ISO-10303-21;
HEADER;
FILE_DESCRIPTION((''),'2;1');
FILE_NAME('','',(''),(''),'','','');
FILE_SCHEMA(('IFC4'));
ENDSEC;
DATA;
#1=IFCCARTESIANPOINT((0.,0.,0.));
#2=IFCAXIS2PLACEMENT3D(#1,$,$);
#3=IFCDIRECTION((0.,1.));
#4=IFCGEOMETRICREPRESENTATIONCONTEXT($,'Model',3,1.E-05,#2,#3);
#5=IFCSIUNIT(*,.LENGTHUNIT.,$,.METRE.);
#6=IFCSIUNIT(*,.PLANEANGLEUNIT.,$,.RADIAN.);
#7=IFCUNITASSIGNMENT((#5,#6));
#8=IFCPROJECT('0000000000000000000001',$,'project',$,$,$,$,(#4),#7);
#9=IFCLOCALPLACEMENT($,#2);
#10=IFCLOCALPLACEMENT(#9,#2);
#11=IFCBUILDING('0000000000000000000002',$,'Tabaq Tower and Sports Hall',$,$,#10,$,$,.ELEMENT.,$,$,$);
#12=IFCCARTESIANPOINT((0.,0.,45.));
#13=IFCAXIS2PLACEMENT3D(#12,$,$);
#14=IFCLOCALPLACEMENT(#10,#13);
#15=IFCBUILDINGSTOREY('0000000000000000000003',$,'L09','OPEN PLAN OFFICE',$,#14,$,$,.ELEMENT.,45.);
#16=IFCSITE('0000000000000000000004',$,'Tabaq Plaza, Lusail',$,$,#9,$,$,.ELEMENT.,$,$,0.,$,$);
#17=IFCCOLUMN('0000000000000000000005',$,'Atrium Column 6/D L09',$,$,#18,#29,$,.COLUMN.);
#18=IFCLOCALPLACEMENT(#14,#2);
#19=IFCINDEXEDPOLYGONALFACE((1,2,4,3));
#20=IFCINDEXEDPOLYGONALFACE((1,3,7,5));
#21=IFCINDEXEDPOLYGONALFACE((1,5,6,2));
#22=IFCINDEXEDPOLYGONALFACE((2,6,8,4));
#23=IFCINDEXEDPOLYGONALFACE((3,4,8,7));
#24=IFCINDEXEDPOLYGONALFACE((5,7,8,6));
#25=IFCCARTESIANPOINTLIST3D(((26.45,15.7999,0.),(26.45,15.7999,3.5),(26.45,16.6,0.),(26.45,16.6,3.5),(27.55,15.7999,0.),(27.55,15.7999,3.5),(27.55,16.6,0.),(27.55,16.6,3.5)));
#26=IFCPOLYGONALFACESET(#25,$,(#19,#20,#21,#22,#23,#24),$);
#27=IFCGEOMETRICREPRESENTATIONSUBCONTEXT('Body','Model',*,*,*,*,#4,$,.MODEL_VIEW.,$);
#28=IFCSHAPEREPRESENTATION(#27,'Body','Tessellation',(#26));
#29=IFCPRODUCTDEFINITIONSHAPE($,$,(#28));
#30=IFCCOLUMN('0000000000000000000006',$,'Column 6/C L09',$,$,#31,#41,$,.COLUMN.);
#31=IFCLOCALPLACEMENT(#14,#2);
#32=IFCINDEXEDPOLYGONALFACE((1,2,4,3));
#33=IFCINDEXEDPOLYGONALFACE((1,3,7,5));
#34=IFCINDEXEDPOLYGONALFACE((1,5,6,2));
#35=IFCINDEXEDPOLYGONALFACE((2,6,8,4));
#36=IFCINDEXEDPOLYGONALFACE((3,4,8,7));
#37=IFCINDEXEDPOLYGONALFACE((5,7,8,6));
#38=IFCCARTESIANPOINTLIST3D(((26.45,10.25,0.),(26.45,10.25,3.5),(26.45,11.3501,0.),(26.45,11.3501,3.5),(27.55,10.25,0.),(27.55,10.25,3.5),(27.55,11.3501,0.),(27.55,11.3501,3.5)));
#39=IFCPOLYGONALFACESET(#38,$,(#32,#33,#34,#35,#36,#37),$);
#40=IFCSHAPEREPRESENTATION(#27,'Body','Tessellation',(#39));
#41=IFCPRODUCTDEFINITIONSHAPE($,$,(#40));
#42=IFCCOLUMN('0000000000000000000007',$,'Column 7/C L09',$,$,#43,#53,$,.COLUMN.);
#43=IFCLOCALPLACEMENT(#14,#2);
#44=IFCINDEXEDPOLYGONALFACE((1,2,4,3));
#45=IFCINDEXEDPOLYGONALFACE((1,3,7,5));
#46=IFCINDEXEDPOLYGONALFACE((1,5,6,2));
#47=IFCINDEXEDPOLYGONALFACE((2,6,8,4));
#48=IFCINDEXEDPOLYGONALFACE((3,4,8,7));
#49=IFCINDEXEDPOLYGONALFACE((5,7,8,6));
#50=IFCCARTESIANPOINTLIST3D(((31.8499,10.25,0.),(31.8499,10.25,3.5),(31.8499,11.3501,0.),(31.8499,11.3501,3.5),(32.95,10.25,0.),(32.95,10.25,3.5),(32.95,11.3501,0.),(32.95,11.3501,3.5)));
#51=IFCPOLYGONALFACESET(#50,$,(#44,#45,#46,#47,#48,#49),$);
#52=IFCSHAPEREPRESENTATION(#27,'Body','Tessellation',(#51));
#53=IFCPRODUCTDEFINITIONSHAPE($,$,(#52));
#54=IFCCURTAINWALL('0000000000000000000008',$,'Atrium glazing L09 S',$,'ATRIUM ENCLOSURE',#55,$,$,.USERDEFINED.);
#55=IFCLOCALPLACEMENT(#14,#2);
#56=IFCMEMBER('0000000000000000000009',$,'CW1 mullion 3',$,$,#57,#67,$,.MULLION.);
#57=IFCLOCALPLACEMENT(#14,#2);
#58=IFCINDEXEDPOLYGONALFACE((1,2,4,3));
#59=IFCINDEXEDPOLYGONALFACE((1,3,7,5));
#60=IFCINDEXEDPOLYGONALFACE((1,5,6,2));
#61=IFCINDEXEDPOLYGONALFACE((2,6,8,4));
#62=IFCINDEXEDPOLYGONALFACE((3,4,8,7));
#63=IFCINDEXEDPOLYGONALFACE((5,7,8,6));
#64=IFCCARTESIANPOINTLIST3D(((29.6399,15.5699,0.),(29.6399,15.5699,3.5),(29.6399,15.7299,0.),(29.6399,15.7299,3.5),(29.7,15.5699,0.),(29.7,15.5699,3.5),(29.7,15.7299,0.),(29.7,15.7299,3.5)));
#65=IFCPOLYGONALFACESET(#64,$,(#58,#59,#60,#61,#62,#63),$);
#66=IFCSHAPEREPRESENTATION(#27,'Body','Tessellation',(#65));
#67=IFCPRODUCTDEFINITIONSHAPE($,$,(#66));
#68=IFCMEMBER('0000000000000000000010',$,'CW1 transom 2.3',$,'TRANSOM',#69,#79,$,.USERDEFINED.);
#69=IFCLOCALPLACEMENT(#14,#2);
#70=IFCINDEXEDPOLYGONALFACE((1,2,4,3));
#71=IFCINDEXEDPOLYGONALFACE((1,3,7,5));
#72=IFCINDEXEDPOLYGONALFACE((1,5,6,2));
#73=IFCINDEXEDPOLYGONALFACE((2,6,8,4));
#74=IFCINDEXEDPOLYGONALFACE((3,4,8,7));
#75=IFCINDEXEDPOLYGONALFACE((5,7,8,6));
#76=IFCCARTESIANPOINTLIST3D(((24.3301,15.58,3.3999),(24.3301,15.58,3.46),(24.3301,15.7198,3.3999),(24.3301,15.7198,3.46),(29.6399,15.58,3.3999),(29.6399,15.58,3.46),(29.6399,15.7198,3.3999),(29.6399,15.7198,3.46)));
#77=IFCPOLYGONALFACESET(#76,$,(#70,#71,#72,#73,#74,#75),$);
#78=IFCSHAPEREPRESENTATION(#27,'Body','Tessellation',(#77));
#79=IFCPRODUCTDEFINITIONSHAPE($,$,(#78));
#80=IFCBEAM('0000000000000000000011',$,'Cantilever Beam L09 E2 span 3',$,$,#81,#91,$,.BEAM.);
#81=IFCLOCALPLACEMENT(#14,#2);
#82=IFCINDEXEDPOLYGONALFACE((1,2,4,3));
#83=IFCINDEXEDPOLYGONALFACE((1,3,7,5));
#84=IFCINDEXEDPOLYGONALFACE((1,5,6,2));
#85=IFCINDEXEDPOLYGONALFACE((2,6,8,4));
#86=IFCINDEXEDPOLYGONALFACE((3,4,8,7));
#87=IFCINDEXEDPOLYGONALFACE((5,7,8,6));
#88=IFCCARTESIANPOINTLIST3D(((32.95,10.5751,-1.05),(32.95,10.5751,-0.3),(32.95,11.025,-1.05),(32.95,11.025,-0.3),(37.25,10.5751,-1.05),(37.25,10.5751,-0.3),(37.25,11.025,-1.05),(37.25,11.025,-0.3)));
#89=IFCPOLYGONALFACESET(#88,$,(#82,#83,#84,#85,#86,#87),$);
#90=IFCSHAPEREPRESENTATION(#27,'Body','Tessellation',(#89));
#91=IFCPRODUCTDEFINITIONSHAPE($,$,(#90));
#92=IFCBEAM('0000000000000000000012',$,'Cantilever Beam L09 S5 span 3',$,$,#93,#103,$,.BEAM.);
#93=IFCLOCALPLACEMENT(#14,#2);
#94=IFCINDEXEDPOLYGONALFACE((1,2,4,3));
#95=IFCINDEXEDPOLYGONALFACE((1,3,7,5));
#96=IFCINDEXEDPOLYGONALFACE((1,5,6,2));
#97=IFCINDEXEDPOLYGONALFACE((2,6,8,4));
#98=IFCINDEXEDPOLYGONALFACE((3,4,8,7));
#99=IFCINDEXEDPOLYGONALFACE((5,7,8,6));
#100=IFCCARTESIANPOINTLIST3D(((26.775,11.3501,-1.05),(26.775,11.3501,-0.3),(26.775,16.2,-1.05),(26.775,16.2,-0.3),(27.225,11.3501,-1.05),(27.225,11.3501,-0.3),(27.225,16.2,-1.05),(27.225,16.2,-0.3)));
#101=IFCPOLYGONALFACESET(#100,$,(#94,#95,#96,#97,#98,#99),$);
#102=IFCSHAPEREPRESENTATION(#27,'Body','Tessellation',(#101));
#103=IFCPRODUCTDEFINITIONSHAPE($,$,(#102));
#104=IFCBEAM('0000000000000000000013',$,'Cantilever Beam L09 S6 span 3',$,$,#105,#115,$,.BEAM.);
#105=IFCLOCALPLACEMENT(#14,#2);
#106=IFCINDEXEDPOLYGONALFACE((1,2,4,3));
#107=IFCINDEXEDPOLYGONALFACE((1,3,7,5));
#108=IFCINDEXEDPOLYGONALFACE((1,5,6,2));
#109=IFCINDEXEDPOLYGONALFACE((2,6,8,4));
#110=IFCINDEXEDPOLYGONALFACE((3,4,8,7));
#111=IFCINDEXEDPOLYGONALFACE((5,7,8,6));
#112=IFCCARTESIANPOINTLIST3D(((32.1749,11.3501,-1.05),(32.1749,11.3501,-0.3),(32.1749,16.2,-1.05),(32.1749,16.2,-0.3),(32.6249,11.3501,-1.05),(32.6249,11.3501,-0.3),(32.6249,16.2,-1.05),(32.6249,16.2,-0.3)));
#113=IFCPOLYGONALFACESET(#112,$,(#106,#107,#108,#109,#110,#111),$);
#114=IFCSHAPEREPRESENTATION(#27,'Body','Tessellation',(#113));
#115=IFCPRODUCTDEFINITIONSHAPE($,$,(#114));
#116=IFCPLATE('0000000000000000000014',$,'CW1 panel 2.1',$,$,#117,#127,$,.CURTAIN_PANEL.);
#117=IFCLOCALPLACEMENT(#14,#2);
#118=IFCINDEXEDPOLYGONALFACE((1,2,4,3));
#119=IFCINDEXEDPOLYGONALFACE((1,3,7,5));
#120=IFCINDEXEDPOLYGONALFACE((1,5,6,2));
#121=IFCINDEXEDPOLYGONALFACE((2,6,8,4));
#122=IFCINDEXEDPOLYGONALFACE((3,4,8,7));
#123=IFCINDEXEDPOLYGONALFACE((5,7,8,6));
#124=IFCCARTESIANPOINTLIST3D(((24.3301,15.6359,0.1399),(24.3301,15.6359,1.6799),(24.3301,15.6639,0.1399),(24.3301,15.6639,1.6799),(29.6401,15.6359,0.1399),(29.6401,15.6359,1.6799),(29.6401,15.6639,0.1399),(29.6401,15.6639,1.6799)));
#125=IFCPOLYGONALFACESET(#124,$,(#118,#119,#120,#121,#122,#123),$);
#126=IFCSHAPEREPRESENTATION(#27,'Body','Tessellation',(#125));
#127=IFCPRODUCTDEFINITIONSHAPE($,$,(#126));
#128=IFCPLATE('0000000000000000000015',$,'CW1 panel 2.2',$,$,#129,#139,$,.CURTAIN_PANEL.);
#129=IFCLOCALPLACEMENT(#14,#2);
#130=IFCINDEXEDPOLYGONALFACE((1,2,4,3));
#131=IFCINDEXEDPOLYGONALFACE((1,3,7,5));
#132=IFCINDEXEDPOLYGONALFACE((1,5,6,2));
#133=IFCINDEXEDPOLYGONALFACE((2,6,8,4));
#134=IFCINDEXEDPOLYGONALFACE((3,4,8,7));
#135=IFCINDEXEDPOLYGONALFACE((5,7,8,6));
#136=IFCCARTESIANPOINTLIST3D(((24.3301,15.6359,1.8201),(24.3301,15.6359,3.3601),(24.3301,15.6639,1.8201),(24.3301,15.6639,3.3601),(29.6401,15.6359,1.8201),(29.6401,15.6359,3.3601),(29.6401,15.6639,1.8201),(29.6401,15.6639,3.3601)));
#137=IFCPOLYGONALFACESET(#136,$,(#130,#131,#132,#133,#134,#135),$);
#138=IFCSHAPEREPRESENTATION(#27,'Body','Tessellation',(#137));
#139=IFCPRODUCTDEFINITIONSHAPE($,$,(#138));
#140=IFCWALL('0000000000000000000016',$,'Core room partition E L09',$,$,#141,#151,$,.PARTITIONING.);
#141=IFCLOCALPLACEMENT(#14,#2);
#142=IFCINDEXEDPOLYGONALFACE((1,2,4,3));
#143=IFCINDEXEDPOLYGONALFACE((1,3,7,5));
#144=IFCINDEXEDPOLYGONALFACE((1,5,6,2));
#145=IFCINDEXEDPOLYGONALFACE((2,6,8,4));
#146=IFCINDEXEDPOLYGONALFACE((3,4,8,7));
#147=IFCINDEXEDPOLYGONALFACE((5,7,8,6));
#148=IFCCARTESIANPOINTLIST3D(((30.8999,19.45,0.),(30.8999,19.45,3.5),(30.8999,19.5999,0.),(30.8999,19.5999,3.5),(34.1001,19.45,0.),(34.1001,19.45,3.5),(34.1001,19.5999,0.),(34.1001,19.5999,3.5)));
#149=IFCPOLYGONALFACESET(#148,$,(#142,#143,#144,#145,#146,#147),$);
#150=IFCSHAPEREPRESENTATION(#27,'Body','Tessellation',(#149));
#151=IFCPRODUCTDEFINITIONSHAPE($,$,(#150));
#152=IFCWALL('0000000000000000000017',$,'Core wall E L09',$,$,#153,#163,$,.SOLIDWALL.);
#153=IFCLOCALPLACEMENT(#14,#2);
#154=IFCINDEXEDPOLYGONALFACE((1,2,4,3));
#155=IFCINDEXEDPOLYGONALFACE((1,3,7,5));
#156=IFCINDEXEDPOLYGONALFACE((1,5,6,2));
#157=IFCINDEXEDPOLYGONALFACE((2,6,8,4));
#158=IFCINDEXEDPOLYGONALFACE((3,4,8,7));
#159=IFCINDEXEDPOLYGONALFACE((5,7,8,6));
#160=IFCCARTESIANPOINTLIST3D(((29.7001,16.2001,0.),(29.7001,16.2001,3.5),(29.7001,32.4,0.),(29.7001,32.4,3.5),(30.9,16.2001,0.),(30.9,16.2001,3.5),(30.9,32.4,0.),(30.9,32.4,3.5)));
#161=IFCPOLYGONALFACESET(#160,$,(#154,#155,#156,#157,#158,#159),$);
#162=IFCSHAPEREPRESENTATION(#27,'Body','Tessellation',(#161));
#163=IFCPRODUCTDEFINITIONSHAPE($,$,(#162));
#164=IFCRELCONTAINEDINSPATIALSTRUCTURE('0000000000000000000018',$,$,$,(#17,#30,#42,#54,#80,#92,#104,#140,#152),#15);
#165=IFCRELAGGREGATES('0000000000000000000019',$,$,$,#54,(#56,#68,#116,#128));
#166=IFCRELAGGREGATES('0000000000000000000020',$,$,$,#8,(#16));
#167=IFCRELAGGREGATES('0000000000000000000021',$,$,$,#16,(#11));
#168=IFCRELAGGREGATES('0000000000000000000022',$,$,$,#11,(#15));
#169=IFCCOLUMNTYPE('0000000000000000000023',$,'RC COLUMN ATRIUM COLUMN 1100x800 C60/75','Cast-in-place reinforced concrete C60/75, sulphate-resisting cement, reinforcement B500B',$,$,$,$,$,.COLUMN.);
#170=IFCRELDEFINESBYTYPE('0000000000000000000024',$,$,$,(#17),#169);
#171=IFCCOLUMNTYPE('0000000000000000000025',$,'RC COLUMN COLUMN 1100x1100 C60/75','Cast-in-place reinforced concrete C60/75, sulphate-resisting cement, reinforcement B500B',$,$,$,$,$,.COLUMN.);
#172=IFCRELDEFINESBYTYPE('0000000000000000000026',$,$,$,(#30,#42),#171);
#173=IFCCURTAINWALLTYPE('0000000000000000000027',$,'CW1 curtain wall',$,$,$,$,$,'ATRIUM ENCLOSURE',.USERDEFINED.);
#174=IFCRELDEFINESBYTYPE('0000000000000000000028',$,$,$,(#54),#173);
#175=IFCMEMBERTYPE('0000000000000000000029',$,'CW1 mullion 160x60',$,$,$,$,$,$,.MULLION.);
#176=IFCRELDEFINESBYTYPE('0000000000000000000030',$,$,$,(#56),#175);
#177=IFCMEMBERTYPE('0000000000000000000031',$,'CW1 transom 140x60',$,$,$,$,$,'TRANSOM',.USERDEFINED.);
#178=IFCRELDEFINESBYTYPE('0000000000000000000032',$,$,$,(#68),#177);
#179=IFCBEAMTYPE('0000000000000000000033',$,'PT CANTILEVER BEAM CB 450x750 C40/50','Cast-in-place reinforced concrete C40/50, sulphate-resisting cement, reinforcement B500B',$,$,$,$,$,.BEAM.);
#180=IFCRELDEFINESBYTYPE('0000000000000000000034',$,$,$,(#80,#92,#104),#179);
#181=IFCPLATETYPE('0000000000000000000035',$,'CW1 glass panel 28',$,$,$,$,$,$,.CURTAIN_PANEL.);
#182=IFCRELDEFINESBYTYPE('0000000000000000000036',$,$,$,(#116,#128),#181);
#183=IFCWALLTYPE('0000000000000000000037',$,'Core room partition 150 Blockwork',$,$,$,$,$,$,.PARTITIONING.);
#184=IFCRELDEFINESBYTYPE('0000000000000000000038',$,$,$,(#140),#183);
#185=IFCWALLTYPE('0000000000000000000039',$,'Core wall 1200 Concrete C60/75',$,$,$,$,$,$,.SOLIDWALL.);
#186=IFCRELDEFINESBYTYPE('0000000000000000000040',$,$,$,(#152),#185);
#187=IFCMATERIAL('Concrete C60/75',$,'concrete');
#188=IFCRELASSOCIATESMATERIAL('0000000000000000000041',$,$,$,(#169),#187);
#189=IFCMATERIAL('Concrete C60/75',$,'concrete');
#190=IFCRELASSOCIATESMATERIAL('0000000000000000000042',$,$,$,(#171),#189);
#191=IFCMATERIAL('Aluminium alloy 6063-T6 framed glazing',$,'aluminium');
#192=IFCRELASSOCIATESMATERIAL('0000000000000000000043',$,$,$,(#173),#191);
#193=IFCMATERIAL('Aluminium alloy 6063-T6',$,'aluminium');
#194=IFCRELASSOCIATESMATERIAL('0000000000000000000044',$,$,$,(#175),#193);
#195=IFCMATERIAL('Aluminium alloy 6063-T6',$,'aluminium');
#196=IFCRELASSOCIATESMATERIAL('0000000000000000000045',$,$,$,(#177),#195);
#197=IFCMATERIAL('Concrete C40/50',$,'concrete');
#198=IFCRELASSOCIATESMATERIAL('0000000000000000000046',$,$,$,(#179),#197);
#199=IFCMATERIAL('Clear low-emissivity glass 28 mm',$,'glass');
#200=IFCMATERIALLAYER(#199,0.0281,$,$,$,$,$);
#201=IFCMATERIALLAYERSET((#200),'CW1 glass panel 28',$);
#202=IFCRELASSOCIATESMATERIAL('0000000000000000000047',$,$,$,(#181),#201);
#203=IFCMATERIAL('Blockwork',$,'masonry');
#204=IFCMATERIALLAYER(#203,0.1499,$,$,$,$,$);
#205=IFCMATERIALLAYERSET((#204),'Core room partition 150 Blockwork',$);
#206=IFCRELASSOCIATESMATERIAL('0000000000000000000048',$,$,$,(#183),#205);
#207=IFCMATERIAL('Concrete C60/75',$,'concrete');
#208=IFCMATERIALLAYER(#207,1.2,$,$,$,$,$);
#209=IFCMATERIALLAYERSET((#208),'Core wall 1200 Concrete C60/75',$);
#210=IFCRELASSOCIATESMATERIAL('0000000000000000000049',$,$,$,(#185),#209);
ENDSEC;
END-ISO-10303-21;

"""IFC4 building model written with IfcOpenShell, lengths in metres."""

from ifc_helpers import new_model, si_unit, direction, frame, frame_2d, origin, origin_2d, place, context, subcontext, project, spatial, rectangle, extrude, material, layer, layer_set, material_profile, profile_set, type_object, element, aggregate, save


model = new_model("IFC4")

# Units and contexts
model_context = context("Model", 3, precision=1e-05, world=origin(), true_north=direction((0.0, 1.0)))
body_context = subcontext(model_context, "Body", "Model", "MODEL_VIEW")
ifc_project = project(units=[si_unit("LENGTHUNIT", "METRE"), si_unit("PLANEANGLEUNIT", "RADIAN")], contexts=[model_context])

# Site, building, storey
site_placement = place(None, origin())
site = spatial("IfcSite", under=ifc_project, at=site_placement, Name="Tabaq Plaza, Lusail", CompositionType="ELEMENT", RefElevation=0.0)
building_placement = place(site_placement, origin())
building = spatial("IfcBuilding", under=site, at=building_placement, Name="Tabaq Tower and Sports Hall", CompositionType="ELEMENT")
storey_placement = place(building_placement, frame((0.0, 0.0, 45.0)))
storey = spatial("IfcBuildingStorey", under=building, at=storey_placement, Name="L09", Description="OPEN PLAN OFFICE", CompositionType="ELEMENT", Elevation=45.0)

# Columns
ifc_material_1 = material(Name="Concrete C60/75", Category="concrete")
ifc_material_profile_1 = material_profile(ifc_material_1, rectangle(XDim=1.1001, YDim=0.8, at=origin_2d()), Name="ATRIUM COLUMN 1100x800")
ifc_profile_set_1 = profile_set([ifc_material_profile_1], Name="Concrete C60/75")
column_type_1 = type_object("IfcColumnType", Name="RC COLUMN ATRIUM COLUMN 1100x800 C60/75", Description="Cast-in-place reinforced concrete C60/75, sulphate-resisting cement, reinforcement B500B", PredefinedType="COLUMN", material=ifc_profile_set_1)
column_placement = place(storey_placement, frame((27.0, 16.2, 0.0), z_axis=(0.0, 0.0, 1.0), x_axis=(1.0, 0.0, 0.0)))
element("IfcColumn", 1, at=column_placement, inside=storey, type_object=column_type_1, Name="Atrium Column 6/D L09", PredefinedType="COLUMN", context=body_context, shape_type="SweptSolid", body=[
    extrude(rectangle(XDim=1.1001, YDim=0.8, at=origin_2d()), origin(), (0.0, 0.0, 1.0), 3.5),
])
ifc_material_2 = material(Name="Concrete C60/75", Category="concrete")
ifc_material_profile_2 = material_profile(ifc_material_2, rectangle(XDim=1.1001, YDim=1.1001, at=origin_2d()), Name="COLUMN 1100x1100")
ifc_profile_set_2 = profile_set([ifc_material_profile_2], Name="Concrete C60/75")
column_type_2 = type_object("IfcColumnType", Name="RC COLUMN COLUMN 1100x1100 C60/75", Description="Cast-in-place reinforced concrete C60/75, sulphate-resisting cement, reinforcement B500B", PredefinedType="COLUMN", material=ifc_profile_set_2)
for number, where, z_axis, x_axis, name in (
    (2, (27.0, 10.8, 0.0), (0.0, 0.0, 1.0), (1.0, 0.0, 0.0), "Column 6/C L09"),
    (3, (32.3999, 10.8, 0.0), (0.0, 0.0, 1.0), (1.0, 0.0, 0.0), "Column 7/C L09"),
):
    element("IfcColumn", number, at=place(storey_placement, frame(where, z_axis=z_axis, x_axis=x_axis)), inside=storey, type_object=column_type_2, Name=name, PredefinedType="COLUMN", context=body_context, shape_type="SweptSolid", body=[
        extrude(rectangle(XDim=1.1001, YDim=1.1001, at=origin_2d()), origin(), (0.0, 0.0, 1.0), 3.5),
    ])

# Curtain wall, members
ifc_material_3 = material(Name="Aluminium alloy 6063-T6 framed glazing", Category="aluminium")
curtain_wall_type = type_object("IfcCurtainWallType", Name="CW1 curtain wall", ElementType="ATRIUM ENCLOSURE", PredefinedType="USERDEFINED", material=ifc_material_3)
curtain_wall_placement = place(storey_placement, origin())
curtain_wall = element("IfcCurtainWall", 4, at=curtain_wall_placement, inside=storey, type_object=curtain_wall_type, Name="Atrium glazing L09 S", ObjectType="ATRIUM ENCLOSURE", PredefinedType="USERDEFINED")
ifc_material_4 = material(Name="Aluminium alloy 6063-T6", Category="aluminium")
ifc_material_profile_3 = material_profile(ifc_material_4, rectangle(XDim=0.1599, YDim=0.0601, at=origin_2d()), Name="MULLION 160x60")
ifc_profile_set_3 = profile_set([ifc_material_profile_3], Name="Aluminium alloy 6063-T6")
member_type_1 = type_object("IfcMemberType", Name="CW1 mullion 160x60", PredefinedType="MULLION", material=ifc_profile_set_3)
member_1_placement = place(storey_placement, frame((29.6699, 15.6499, 0.0), z_axis=(0.0, 0.0, 1.0), x_axis=(0.0, 1.0, 0.0)))
member_1 = element("IfcMember", 5, at=member_1_placement, type_object=member_type_1, Name="CW1 mullion 3", PredefinedType="MULLION", context=body_context, shape_type="SweptSolid", body=[
    extrude(rectangle(XDim=0.1599, YDim=0.0601, at=origin_2d()), origin(), (0.0, 0.0, 1.0), 3.5),
])
ifc_material_5 = material(Name="Aluminium alloy 6063-T6", Category="aluminium")
ifc_material_profile_4 = material_profile(ifc_material_5, rectangle(XDim=0.1399, YDim=0.0601, at=origin_2d()), Name="TRANSOM 140x60")
ifc_profile_set_4 = profile_set([ifc_material_profile_4], Name="Aluminium alloy 6063-T6")
member_type_2 = type_object("IfcMemberType", Name="CW1 transom 140x60", ElementType="TRANSOM", PredefinedType="USERDEFINED", material=ifc_profile_set_4)
member_2_placement = place(storey_placement, frame((24.3301, 15.6499, 3.4299), z_axis=(1.0, 0.0, 0.0), x_axis=(0.0, 1.0, 0.0)))
member_2 = element("IfcMember", 6, at=member_2_placement, type_object=member_type_2, Name="CW1 transom 2.3", ObjectType="TRANSOM", PredefinedType="USERDEFINED", context=body_context, shape_type="SweptSolid", body=[
    extrude(rectangle(XDim=0.1399, YDim=0.0601, at=origin_2d()), origin(), (0.0, 0.0, 1.0), 5.3098),
])

# Beams
ifc_material_6 = material(Name="Concrete C40/50", Category="concrete")
ifc_material_profile_5 = material_profile(ifc_material_6, rectangle(XDim=0.45, YDim=0.75, at=origin_2d()), Name="CB 450x750")
ifc_profile_set_5 = profile_set([ifc_material_profile_5], Name="Concrete C40/50")
beam_type = type_object("IfcBeamType", Name="PT CANTILEVER BEAM CB 450x750 C40/50", Description="Cast-in-place reinforced concrete C40/50, sulphate-resisting cement, reinforcement B500B", PredefinedType="BEAM", material=ifc_profile_set_5)
beam_placement = place(storey_placement, frame((37.25, 10.8, -0.675), z_axis=(-1.0, 0.0, 0.0), x_axis=(0.0, -1.0, 0.0)))
element("IfcBeam", 7, at=beam_placement, inside=storey, type_object=beam_type, Name="Cantilever Beam L09 E2 span 3", PredefinedType="BEAM", context=body_context, shape_type="SweptSolid", body=[
    extrude(rectangle(XDim=0.45, YDim=0.75, at=origin_2d()), origin(), (0.0, 0.0, 1.0), 4.3),
])
for number, where, z_axis, x_axis, name in (
    (8, (27.0, 11.3501, -0.675), (0.0, 1.0, 0.0), (-1.0, 0.0, 0.0), "Cantilever Beam L09 S5 span 3"),
    (9, (32.3999, 11.3501, -0.675), (0.0, 1.0, 0.0), (-1.0, 0.0, 0.0), "Cantilever Beam L09 S6 span 3"),
):
    element("IfcBeam", number, at=place(storey_placement, frame(where, z_axis=z_axis, x_axis=x_axis)), inside=storey, type_object=beam_type, Name=name, PredefinedType="BEAM", context=body_context, shape_type="SweptSolid", body=[
        extrude(rectangle(XDim=0.45, YDim=0.75, at=origin_2d()), origin(), (0.0, 0.0, 1.0), 4.8499),
    ])

# Plates
ifc_material_7 = material(Name="Clear low-emissivity glass 28 mm", Category="glass")
ifc_layer_1 = layer(ifc_material_7, 0.0281)
ifc_layer_set_1 = layer_set([ifc_layer_1], Name="CW1 glass panel 28")
plate_type = type_object("IfcPlateType", Name="CW1 glass panel 28", PredefinedType="CURTAIN_PANEL", material=ifc_layer_set_1)
plate_1_placement = place(storey_placement, frame((26.9851, 15.6499, 0.1399), z_axis=(0.0, 0.0, 1.0), x_axis=(1.0, 0.0, 0.0)))
plate_1 = element("IfcPlate", 10, at=plate_1_placement, type_object=plate_type, Name="CW1 panel 2.1", PredefinedType="CURTAIN_PANEL", context=body_context, shape_type="SweptSolid", body=[
    extrude(rectangle(XDim=5.3101, YDim=0.0281, at=origin_2d()), origin(), (0.0, 0.0, 1.0), 1.54),
])
plate_2_placement = place(storey_placement, frame((26.9851, 15.6499, 1.8201), z_axis=(0.0, 0.0, 1.0), x_axis=(1.0, 0.0, 0.0)))
plate_2 = element("IfcPlate", 11, at=plate_2_placement, type_object=plate_type, Name="CW1 panel 2.2", PredefinedType="CURTAIN_PANEL", context=body_context, shape_type="SweptSolid", body=[
    extrude(rectangle(XDim=5.3101, YDim=0.0281, at=origin_2d()), origin(), (0.0, 0.0, 1.0), 1.54),
])
aggregate(curtain_wall, [member_1, member_2, plate_1, plate_2])

# Walls
ifc_material_8 = material(Name="Blockwork", Category="masonry")
ifc_layer_2 = layer(ifc_material_8, 0.1499)
ifc_layer_set_2 = layer_set([ifc_layer_2], Name="Core room partition 150 Blockwork")
wall_type_1 = type_object("IfcWallType", Name="Core room partition 150 Blockwork", PredefinedType="PARTITIONING", material=ifc_layer_set_2)
wall_1_placement = place(storey_placement, frame((30.8999, 19.5249, 0.0), z_axis=(0.0, 0.0, 1.0), x_axis=(1.0, 0.0, 0.0)))
element("IfcWall", 12, at=wall_1_placement, inside=storey, type_object=wall_type_1, Name="Core room partition E L09", PredefinedType="PARTITIONING", context=body_context, shape_type="SweptSolid", body=[
    extrude(rectangle(XDim=3.2002, YDim=0.1499, at=frame_2d((1.6001, 0.0))), origin(), (0.0, 0.0, 1.0), 3.5),
])
ifc_material_9 = material(Name="Concrete C60/75", Category="concrete")
ifc_layer_3 = layer(ifc_material_9, 1.2)
ifc_layer_set_3 = layer_set([ifc_layer_3], Name="Core wall 1200 Concrete C60/75")
wall_type_2 = type_object("IfcWallType", Name="Core wall 1200 Concrete C60/75", PredefinedType="SOLIDWALL", material=ifc_layer_set_3)
wall_2_placement = place(storey_placement, frame((30.3, 16.2, 0.0), z_axis=(0.0, 0.0, 1.0), x_axis=(0.0, 1.0, 0.0)))
element("IfcWall", 13, at=wall_2_placement, inside=storey, type_object=wall_type_2, Name="Core wall E L09", PredefinedType="SOLIDWALL", context=body_context, shape_type="SweptSolid", body=[
    extrude(rectangle(XDim=16.2, YDim=1.2, at=frame_2d((8.1001, 0.0))), origin(), (0.0, 0.0, 1.0), 3.5),
])

save(model, "model.ifc")
